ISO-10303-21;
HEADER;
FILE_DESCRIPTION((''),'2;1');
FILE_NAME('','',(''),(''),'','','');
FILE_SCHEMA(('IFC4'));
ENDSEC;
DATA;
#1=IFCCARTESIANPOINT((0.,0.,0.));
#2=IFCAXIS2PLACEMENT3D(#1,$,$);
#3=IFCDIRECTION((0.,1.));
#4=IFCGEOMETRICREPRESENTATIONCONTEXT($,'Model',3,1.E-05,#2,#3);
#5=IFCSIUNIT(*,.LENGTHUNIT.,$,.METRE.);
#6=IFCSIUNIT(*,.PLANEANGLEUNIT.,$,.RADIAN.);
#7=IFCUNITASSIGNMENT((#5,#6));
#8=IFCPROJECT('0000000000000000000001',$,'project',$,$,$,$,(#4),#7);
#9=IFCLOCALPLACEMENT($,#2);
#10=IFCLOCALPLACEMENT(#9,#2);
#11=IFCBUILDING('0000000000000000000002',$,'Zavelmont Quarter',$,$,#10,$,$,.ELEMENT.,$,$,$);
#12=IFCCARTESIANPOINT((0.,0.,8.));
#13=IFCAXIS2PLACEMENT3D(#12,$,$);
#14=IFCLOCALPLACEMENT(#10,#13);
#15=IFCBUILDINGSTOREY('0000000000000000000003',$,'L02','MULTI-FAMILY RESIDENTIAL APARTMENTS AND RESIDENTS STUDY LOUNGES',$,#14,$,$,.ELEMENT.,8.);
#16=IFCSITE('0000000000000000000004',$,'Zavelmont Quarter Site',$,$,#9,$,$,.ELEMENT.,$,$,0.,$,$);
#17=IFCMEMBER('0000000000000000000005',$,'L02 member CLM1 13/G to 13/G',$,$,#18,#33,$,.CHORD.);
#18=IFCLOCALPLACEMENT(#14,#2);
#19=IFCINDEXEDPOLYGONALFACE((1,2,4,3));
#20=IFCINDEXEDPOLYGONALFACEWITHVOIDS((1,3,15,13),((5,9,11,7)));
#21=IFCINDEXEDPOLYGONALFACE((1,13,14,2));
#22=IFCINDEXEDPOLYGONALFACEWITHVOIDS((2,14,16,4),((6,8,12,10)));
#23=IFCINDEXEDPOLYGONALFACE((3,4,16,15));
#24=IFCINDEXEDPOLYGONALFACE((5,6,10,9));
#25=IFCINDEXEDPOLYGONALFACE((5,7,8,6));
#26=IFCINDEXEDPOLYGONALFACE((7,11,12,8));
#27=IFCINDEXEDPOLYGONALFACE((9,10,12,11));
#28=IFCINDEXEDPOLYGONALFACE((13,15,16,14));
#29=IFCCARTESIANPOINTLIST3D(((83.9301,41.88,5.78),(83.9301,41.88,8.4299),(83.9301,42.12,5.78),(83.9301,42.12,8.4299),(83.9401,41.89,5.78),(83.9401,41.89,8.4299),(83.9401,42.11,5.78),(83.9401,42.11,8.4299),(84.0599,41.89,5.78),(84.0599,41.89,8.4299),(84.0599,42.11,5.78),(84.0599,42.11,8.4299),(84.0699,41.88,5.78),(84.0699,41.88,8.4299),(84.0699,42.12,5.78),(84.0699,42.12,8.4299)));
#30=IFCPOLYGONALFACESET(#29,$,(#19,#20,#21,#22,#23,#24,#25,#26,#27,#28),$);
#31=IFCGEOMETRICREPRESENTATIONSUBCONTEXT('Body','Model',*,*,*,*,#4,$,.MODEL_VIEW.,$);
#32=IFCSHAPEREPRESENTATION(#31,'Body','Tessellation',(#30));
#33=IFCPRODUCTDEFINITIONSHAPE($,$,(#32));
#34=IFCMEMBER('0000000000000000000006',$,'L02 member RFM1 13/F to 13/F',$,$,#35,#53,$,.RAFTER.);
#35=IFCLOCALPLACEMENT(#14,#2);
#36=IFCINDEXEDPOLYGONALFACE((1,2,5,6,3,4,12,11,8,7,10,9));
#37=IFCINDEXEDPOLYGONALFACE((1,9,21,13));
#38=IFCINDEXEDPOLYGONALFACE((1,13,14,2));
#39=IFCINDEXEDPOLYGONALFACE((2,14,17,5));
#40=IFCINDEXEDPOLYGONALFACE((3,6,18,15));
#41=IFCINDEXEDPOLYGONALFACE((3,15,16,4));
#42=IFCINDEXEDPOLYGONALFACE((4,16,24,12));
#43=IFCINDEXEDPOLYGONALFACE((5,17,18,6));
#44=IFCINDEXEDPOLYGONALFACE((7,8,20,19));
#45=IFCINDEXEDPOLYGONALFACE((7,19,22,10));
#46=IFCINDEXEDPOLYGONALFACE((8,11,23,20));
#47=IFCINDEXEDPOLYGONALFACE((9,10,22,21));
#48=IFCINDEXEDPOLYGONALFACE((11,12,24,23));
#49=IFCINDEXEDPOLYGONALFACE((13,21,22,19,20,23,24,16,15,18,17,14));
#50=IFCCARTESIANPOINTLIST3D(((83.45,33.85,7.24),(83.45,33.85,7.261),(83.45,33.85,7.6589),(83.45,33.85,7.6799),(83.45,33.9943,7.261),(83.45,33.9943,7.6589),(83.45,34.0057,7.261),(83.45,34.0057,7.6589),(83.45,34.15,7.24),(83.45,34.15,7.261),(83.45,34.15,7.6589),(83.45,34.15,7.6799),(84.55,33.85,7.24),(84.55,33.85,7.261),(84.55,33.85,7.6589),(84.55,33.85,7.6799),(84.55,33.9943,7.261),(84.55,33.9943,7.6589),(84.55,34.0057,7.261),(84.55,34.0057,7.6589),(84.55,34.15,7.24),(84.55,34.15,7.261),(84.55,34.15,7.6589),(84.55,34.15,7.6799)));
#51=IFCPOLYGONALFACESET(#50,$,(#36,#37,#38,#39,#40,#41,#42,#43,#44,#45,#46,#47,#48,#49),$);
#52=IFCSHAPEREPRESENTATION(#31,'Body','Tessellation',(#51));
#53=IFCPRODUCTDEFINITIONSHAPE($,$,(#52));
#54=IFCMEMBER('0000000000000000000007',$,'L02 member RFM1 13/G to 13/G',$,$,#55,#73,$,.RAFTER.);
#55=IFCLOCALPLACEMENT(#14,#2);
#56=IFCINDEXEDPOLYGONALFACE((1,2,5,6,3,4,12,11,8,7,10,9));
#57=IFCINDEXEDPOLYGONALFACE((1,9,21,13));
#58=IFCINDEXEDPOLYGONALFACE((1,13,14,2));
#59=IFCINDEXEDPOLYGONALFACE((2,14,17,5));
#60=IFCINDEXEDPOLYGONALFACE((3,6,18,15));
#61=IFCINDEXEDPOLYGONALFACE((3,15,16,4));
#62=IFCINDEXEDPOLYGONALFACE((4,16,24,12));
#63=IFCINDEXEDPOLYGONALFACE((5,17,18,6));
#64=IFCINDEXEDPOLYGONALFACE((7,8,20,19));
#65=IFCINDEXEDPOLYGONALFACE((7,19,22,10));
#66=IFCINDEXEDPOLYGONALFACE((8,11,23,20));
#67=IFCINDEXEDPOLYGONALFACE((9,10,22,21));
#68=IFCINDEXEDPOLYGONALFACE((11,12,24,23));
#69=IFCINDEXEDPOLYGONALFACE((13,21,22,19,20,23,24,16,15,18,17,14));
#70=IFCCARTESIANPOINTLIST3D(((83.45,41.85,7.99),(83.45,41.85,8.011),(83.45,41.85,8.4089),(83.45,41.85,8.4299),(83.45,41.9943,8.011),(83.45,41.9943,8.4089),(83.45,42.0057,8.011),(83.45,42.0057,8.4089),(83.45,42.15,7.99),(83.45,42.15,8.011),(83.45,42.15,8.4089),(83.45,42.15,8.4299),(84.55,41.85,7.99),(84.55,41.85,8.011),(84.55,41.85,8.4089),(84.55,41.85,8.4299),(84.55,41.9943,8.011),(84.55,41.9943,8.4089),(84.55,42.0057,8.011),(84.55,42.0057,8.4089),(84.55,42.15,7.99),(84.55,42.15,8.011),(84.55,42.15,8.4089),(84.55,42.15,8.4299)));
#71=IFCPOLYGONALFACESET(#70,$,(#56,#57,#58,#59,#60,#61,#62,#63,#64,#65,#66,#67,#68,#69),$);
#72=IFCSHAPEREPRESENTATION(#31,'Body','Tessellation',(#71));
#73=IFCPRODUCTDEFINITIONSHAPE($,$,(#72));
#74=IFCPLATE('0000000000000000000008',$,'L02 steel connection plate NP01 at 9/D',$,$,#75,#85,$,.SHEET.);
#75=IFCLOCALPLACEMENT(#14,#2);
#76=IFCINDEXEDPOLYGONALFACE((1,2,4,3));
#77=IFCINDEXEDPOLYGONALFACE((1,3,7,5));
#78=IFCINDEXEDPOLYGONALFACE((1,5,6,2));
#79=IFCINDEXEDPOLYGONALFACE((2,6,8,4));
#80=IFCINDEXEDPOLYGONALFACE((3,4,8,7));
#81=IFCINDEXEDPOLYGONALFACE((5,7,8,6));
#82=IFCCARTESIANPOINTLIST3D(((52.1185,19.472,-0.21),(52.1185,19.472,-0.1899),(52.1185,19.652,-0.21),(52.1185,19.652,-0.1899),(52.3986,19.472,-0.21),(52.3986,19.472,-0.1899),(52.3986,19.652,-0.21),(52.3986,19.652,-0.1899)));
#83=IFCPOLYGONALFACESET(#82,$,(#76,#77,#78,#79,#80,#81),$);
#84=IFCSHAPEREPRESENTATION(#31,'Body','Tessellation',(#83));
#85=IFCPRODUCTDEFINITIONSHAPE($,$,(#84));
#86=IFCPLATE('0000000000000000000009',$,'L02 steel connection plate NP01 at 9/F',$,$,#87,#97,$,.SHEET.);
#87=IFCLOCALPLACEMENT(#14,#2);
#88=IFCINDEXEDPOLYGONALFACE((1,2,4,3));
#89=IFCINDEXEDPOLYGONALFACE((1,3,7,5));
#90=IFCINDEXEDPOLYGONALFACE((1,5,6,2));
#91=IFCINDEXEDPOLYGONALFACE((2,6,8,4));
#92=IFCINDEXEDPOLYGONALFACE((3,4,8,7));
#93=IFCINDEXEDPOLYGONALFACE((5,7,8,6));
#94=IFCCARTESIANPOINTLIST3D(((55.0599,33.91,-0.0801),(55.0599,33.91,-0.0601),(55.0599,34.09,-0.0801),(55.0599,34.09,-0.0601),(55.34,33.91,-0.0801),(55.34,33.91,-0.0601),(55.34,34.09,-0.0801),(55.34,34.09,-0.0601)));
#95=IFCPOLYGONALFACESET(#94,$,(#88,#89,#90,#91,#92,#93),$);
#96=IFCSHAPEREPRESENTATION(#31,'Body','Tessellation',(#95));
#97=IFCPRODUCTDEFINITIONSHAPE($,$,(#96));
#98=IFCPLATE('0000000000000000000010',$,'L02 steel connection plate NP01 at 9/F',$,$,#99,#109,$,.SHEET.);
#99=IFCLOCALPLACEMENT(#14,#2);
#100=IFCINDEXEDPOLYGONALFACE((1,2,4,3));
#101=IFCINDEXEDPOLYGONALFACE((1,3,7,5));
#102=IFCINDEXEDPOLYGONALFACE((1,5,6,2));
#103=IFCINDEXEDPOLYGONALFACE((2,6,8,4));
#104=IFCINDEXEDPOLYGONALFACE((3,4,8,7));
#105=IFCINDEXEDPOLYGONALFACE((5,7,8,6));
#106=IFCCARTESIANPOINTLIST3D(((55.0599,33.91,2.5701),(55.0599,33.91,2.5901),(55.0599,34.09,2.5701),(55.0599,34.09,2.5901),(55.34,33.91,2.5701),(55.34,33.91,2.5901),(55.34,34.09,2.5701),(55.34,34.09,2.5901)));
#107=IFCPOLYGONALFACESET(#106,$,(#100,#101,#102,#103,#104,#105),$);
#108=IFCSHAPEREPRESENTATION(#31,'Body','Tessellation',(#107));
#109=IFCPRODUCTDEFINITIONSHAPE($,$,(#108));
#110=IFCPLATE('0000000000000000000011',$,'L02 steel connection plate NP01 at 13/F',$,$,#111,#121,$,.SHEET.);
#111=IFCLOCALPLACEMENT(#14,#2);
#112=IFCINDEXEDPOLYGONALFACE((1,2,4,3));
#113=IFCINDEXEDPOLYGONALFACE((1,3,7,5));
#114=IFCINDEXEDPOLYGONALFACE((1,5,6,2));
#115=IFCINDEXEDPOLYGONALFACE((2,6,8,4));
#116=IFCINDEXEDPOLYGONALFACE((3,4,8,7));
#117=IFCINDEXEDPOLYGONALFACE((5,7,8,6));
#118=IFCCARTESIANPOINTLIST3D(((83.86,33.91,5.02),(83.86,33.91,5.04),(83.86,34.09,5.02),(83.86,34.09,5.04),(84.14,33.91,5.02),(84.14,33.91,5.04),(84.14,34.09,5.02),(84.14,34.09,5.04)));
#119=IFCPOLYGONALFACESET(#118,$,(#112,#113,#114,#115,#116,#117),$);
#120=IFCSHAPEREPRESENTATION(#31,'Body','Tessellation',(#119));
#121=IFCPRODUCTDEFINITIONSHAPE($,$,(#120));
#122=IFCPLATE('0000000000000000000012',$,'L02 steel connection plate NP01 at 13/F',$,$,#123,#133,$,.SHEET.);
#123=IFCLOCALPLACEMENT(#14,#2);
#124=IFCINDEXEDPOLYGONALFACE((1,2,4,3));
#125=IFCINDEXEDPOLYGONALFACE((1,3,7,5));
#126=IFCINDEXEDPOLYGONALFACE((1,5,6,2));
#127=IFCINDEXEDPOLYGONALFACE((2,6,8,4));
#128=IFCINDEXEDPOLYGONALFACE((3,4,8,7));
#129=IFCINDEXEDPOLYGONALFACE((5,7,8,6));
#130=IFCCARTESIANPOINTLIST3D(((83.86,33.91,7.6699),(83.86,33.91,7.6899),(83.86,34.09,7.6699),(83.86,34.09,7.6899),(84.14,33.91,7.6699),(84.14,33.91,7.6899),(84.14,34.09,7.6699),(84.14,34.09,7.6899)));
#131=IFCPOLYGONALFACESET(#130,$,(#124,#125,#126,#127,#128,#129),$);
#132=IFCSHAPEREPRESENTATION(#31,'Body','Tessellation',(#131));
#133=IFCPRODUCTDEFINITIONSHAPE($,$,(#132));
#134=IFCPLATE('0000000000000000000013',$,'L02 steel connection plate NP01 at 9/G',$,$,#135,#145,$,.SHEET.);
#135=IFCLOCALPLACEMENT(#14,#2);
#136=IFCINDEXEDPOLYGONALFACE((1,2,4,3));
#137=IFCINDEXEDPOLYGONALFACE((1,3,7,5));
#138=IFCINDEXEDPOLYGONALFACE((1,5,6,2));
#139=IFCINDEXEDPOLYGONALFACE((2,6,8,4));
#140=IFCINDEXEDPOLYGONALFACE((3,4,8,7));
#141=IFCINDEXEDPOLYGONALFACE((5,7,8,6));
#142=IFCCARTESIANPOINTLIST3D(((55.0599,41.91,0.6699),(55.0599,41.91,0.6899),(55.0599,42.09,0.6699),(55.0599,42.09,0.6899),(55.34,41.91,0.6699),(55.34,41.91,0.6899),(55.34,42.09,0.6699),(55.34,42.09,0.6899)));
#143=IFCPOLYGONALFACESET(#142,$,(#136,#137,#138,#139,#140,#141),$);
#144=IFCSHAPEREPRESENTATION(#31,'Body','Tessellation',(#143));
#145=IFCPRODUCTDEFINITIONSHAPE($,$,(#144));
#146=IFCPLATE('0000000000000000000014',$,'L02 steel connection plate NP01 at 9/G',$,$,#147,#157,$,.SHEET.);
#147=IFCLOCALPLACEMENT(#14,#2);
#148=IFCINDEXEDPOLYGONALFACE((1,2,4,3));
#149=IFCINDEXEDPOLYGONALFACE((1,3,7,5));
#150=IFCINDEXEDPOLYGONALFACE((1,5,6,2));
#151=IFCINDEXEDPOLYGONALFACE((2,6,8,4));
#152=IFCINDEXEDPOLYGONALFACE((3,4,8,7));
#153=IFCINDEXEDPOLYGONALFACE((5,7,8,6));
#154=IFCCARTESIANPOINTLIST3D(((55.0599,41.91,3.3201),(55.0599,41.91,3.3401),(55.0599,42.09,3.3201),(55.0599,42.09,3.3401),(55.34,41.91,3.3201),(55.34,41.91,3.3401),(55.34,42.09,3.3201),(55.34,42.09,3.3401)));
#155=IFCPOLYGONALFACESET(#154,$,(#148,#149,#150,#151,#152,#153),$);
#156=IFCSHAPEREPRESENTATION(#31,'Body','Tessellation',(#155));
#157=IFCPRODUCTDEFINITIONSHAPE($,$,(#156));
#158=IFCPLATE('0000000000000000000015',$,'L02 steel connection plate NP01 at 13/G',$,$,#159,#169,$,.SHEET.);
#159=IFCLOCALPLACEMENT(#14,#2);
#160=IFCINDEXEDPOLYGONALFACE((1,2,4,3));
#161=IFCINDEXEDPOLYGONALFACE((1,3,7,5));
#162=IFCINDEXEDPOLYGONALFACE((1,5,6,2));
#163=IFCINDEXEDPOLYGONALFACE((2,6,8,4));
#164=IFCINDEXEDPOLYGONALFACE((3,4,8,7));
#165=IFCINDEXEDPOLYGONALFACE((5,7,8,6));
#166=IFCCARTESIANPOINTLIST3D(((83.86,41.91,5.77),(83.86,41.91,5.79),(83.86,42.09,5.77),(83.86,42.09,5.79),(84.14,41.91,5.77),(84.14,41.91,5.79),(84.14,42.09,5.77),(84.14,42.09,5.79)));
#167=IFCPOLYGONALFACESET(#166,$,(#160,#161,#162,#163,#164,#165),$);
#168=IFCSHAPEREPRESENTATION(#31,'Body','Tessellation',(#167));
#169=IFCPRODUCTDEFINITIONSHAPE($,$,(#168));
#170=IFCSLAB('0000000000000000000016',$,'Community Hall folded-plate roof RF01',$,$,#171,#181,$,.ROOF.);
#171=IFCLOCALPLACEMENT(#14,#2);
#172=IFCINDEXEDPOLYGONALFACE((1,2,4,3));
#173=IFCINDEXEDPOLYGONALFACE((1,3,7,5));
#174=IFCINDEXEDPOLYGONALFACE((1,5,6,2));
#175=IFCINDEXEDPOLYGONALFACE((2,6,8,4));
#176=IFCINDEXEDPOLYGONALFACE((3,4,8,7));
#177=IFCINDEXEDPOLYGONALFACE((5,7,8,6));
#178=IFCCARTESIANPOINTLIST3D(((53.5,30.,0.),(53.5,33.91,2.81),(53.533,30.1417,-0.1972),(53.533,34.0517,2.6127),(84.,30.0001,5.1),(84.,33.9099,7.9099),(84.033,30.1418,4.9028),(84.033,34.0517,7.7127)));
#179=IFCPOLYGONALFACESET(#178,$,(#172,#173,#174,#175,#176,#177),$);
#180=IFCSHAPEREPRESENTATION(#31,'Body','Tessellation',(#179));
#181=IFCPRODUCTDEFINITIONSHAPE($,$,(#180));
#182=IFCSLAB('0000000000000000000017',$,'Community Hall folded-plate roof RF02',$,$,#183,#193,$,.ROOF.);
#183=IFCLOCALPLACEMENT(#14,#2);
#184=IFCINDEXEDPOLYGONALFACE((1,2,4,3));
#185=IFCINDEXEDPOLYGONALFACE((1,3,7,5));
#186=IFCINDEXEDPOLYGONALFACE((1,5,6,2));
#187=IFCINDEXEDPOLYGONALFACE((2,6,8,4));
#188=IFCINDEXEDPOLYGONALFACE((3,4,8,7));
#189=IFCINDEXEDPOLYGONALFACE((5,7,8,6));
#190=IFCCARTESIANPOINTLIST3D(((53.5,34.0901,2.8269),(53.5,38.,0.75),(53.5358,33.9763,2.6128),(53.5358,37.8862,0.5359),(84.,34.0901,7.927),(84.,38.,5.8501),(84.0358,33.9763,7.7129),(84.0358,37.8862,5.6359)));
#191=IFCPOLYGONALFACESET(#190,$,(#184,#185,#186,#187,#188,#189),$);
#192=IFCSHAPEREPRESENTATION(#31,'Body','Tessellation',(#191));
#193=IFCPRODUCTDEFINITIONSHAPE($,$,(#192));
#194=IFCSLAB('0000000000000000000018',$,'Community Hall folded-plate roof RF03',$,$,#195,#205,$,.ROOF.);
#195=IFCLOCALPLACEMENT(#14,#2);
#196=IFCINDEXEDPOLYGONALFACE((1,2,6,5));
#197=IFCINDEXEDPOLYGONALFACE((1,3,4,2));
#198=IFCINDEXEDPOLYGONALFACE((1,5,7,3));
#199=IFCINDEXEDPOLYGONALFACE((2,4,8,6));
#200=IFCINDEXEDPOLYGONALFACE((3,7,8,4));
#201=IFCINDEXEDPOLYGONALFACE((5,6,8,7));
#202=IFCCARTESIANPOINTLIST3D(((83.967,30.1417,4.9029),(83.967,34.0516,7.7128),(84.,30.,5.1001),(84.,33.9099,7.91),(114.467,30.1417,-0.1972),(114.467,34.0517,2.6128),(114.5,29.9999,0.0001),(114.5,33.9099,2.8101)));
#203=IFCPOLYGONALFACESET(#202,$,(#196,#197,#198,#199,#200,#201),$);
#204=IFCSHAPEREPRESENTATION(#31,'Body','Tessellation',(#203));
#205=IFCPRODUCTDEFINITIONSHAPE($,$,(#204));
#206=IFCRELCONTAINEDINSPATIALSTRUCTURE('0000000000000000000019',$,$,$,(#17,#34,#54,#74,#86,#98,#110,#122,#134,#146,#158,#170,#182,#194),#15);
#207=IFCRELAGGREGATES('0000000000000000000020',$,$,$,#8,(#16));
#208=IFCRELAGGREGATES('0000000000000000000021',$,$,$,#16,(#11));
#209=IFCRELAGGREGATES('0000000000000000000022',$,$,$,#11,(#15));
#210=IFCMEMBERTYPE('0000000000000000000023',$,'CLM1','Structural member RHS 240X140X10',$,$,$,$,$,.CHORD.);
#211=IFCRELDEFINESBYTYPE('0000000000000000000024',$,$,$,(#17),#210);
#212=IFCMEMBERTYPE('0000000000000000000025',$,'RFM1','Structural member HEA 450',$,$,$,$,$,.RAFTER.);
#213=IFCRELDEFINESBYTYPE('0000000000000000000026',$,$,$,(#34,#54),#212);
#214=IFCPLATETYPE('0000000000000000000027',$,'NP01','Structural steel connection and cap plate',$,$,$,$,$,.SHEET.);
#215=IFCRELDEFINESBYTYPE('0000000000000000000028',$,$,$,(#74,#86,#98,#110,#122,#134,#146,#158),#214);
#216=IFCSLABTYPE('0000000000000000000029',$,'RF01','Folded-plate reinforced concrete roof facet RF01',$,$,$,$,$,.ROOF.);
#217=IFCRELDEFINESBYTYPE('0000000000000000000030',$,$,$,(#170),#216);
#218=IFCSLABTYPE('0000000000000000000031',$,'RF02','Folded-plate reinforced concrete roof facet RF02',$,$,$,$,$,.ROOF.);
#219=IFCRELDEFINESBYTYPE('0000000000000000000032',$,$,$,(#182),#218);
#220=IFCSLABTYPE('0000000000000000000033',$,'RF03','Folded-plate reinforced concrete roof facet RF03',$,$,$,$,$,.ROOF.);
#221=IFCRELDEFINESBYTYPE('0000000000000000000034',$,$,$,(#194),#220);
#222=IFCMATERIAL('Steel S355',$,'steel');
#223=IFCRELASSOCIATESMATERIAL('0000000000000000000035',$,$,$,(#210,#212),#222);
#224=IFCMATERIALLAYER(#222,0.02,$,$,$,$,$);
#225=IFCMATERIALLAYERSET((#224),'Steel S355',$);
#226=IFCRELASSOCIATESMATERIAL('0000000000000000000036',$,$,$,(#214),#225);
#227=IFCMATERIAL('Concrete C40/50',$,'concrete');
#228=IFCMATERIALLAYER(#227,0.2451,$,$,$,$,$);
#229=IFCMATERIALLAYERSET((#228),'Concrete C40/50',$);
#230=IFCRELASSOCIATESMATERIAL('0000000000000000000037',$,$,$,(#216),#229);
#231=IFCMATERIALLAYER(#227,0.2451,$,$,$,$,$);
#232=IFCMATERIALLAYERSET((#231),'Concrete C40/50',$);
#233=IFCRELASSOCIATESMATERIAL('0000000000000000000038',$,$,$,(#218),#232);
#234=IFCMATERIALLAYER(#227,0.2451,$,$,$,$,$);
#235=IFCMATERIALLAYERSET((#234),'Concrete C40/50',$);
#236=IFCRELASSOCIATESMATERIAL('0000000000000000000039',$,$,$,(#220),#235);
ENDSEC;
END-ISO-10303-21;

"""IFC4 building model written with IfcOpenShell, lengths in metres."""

from ifc_helpers import new_model, si_unit, direction, frame, origin, origin_2d, place, context, subcontext, project, spatial, polyline, rectangle, hollow_rectangle, i_section, outline, extrude, material, layer, layer_set, material_profile, profile_set, type_object, element, save


model = new_model("IFC4")

# Units and contexts
model_context = context("Model", 3, precision=1e-05, world=origin(), true_north=direction((0.0, 1.0)))
body_context = subcontext(model_context, "Body", "Model", "MODEL_VIEW")
ifc_project = project(units=[si_unit("LENGTHUNIT", "METRE"), si_unit("PLANEANGLEUNIT", "RADIAN")], contexts=[model_context])

# Site, building, storey
site_placement = place(None, origin())
site = spatial("IfcSite", under=ifc_project, at=site_placement, Name="Zavelmont Quarter Site", CompositionType="ELEMENT", RefElevation=0.0)
building_placement = place(site_placement, origin())
building = spatial("IfcBuilding", under=site, at=building_placement, Name="Zavelmont Quarter", CompositionType="ELEMENT")
storey_placement = place(building_placement, frame((0.0, 0.0, 8.0)))
storey = spatial("IfcBuildingStorey", under=building, at=storey_placement, Name="L02", Description="MULTI-FAMILY RESIDENTIAL APARTMENTS AND RESIDENTS STUDY LOUNGES", CompositionType="ELEMENT", Elevation=8.0)

# Shared definitions
ifc_material_1 = material(Name="Concrete C40/50", Category="concrete")

# Members
ifc_material_2 = material(Name="Steel S355", Category="steel")
ifc_material_profile_1 = material_profile(ifc_material_2, hollow_rectangle(XDim=0.1399, YDim=0.24, WallThickness=0.01, at=origin_2d()), Name="RHS 240X140X10")
ifc_profile_set_1 = profile_set([ifc_material_profile_1], Name="Steel S355")
member_type_1 = type_object("IfcMemberType", Name="CLM1", Description="Structural member RHS 240X140X10", PredefinedType="CHORD", material=ifc_profile_set_1)
member_1_placement = place(storey_placement, frame((84.0, 42.0, 5.78), z_axis=(0.0, 0.0, 1.0), x_axis=(1.0, 0.0, 0.0)))
element("IfcMember", 1, at=member_1_placement, inside=storey, type_object=member_type_1, Name="L02 member CLM1 13/G to 13/G", PredefinedType="CHORD", context=body_context, shape_type="SweptSolid", body=[
    extrude(hollow_rectangle(XDim=0.1399, YDim=0.24, WallThickness=0.01, at=origin_2d()), origin(), (0.0, 0.0, 1.0), 2.6499),
])
ifc_material_profile_2 = material_profile(ifc_material_2, i_section(OverallWidth=0.3, OverallDepth=0.4399, WebThickness=0.0115, FlangeThickness=0.021, at=origin_2d()), Name="HEA 450")
ifc_profile_set_2 = profile_set([ifc_material_profile_2], Name="Steel S355")
member_type_2 = type_object("IfcMemberType", Name="RFM1", Description="Structural member HEA 450", PredefinedType="RAFTER", material=ifc_profile_set_2)
for number, where, z_axis, x_axis, name in (
    (2, (83.45, 34.0, 7.46), (1.0, 0.0, 0.0), (0.0, 1.0, 0.0), "L02 member RFM1 13/F to 13/F"),
    (3, (83.45, 42.0, 8.21), (1.0, 0.0, 0.0), (0.0, 1.0, 0.0), "L02 member RFM1 13/G to 13/G"),
):
    element("IfcMember", number, at=place(storey_placement, frame(where, z_axis=z_axis, x_axis=x_axis)), inside=storey, type_object=member_type_2, Name=name, PredefinedType="RAFTER", context=body_context, shape_type="SweptSolid", body=[
        extrude(i_section(OverallWidth=0.3, OverallDepth=0.4399, WebThickness=0.0115, FlangeThickness=0.021, at=origin_2d()), origin(), (0.0, 0.0, 1.0), 1.1001),
    ])

# Plates
ifc_layer_1 = layer(ifc_material_2, 0.02)
ifc_layer_set_1 = layer_set([ifc_layer_1], Name="Steel S355")
plate_type = type_object("IfcPlateType", Name="NP01", Description="Structural steel connection and cap plate", PredefinedType="SHEET", material=ifc_layer_set_1)
for number, where, z_axis, x_axis, name in (
    (4, (52.2585, 19.562, -0.21), (0.0, 0.0, 1.0), (1.0, 0.0, 0.0), "L02 steel connection plate NP01 at 9/D"),
    (5, (55.2, 34.0, -0.0801), (0.0, 0.0, 1.0), (1.0, 0.0, 0.0), "L02 steel connection plate NP01 at 9/F"),
    (6, (55.2, 34.0, 2.5701), (0.0, 0.0, 1.0), (1.0, 0.0, 0.0), "L02 steel connection plate NP01 at 9/F"),
    (7, (84.0, 34.0, 5.02), (0.0, 0.0, 1.0), (1.0, 0.0, 0.0), "L02 steel connection plate NP01 at 13/F"),
    (8, (84.0, 34.0, 7.6699), (0.0, 0.0, 1.0), (1.0, 0.0, 0.0), "L02 steel connection plate NP01 at 13/F"),
    (9, (55.2, 42.0, 0.6699), (0.0, 0.0, 1.0), (1.0, 0.0, 0.0), "L02 steel connection plate NP01 at 9/G"),
    (10, (55.2, 42.0, 3.3201), (0.0, 0.0, 1.0), (1.0, 0.0, 0.0), "L02 steel connection plate NP01 at 9/G"),
    (11, (84.0, 42.0, 5.77), (0.0, 0.0, 1.0), (1.0, 0.0, 0.0), "L02 steel connection plate NP01 at 13/G"),
):
    element("IfcPlate", number, at=place(storey_placement, frame(where, z_axis=z_axis, x_axis=x_axis)), inside=storey, type_object=plate_type, Name=name, PredefinedType="SHEET", context=body_context, shape_type="SweptSolid", body=[
        extrude(rectangle(XDim=0.28, YDim=0.1799, at=origin_2d()), origin(), (0.0, 0.0, 1.0), 0.02),
    ])

# Slabs
ifc_layer_2 = layer(ifc_material_1, 0.2451)
ifc_layer_set_2 = layer_set([ifc_layer_2], Name="Concrete C40/50")
slab_type_1 = type_object("IfcSlabType", Name="RF01", Description="Folded-plate reinforced concrete roof facet RF01", PredefinedType="ROOF", material=ifc_layer_set_2)
slab_1_placement = place(storey_placement, frame((53.5, 30.0, 0.0), z_axis=(-0.134549, -0.578287, 0.804662), x_axis=(0.986306, 0.000002, 0.164924)))
element("IfcSlab", 12, at=slab_1_placement, inside=storey, type_object=slab_type_1, Name="Community Hall folded-plate roof RF01", PredefinedType="ROOF", context=body_context, shape_type="SweptSolid", body=[
    extrude(outline(polyline([(0.0, 0.0), (30.9235, 0.0), (31.3869, 4.7925), (0.4635, 4.7926), (0.0, 0.0)])), origin(), (0.0, 0.0, -1.0), 0.2451),
])
ifc_layer_3 = layer(ifc_material_1, 0.2451)
ifc_layer_set_3 = layer_set([ifc_layer_3], Name="Concrete C40/50")
slab_type_2 = type_object("IfcSlabType", Name="RF02", Description="Folded-plate reinforced concrete roof facet RF02", PredefinedType="ROOF", material=ifc_layer_set_3)
slab_2_placement = place(storey_placement, frame((53.5, 34.0901, 2.8269), z_axis=(-0.146091, 0.464081, 0.873663), x_axis=(0.986306, 0.0, 0.164926)))
element("IfcSlab", 13, at=slab_2_placement, inside=storey, type_object=slab_type_2, Name="Community Hall folded-plate roof RF02", PredefinedType="ROOF", context=body_context, shape_type="SweptSolid", body=[
    extrude(outline(polyline([(0.0, 0.0), (30.9235, 0.0), (30.5809, 4.414), (-0.3425, 4.414), (0.0, 0.0)])), origin(), (0.0, 0.0, -1.0), 0.2451),
])
ifc_layer_4 = layer(ifc_material_1, 0.2451)
ifc_layer_set_4 = layer_set([ifc_layer_4], Name="Concrete C40/50")
slab_type_3 = type_object("IfcSlabType", Name="RF03", Description="Folded-plate reinforced concrete roof facet RF03", PredefinedType="ROOF", material=ifc_layer_set_4)
slab_3_placement = place(storey_placement, frame((84.0, 30.0, 5.1001), z_axis=(0.134549, -0.578287, 0.804662), x_axis=(0.986306, -0.000002, -0.164924)))
element("IfcSlab", 14, at=slab_3_placement, inside=storey, type_object=slab_type_3, Name="Community Hall folded-plate roof RF03", PredefinedType="ROOF", context=body_context, shape_type="SweptSolid", body=[
    extrude(outline(polyline([(0.0, 0.0), (30.9235, 0.0), (30.46, 4.7926), (-0.4634, 4.7925), (0.0, 0.0)])), origin(), (0.0, 0.0, -1.0), 0.2451),
])

save(model, "model.ifc")
